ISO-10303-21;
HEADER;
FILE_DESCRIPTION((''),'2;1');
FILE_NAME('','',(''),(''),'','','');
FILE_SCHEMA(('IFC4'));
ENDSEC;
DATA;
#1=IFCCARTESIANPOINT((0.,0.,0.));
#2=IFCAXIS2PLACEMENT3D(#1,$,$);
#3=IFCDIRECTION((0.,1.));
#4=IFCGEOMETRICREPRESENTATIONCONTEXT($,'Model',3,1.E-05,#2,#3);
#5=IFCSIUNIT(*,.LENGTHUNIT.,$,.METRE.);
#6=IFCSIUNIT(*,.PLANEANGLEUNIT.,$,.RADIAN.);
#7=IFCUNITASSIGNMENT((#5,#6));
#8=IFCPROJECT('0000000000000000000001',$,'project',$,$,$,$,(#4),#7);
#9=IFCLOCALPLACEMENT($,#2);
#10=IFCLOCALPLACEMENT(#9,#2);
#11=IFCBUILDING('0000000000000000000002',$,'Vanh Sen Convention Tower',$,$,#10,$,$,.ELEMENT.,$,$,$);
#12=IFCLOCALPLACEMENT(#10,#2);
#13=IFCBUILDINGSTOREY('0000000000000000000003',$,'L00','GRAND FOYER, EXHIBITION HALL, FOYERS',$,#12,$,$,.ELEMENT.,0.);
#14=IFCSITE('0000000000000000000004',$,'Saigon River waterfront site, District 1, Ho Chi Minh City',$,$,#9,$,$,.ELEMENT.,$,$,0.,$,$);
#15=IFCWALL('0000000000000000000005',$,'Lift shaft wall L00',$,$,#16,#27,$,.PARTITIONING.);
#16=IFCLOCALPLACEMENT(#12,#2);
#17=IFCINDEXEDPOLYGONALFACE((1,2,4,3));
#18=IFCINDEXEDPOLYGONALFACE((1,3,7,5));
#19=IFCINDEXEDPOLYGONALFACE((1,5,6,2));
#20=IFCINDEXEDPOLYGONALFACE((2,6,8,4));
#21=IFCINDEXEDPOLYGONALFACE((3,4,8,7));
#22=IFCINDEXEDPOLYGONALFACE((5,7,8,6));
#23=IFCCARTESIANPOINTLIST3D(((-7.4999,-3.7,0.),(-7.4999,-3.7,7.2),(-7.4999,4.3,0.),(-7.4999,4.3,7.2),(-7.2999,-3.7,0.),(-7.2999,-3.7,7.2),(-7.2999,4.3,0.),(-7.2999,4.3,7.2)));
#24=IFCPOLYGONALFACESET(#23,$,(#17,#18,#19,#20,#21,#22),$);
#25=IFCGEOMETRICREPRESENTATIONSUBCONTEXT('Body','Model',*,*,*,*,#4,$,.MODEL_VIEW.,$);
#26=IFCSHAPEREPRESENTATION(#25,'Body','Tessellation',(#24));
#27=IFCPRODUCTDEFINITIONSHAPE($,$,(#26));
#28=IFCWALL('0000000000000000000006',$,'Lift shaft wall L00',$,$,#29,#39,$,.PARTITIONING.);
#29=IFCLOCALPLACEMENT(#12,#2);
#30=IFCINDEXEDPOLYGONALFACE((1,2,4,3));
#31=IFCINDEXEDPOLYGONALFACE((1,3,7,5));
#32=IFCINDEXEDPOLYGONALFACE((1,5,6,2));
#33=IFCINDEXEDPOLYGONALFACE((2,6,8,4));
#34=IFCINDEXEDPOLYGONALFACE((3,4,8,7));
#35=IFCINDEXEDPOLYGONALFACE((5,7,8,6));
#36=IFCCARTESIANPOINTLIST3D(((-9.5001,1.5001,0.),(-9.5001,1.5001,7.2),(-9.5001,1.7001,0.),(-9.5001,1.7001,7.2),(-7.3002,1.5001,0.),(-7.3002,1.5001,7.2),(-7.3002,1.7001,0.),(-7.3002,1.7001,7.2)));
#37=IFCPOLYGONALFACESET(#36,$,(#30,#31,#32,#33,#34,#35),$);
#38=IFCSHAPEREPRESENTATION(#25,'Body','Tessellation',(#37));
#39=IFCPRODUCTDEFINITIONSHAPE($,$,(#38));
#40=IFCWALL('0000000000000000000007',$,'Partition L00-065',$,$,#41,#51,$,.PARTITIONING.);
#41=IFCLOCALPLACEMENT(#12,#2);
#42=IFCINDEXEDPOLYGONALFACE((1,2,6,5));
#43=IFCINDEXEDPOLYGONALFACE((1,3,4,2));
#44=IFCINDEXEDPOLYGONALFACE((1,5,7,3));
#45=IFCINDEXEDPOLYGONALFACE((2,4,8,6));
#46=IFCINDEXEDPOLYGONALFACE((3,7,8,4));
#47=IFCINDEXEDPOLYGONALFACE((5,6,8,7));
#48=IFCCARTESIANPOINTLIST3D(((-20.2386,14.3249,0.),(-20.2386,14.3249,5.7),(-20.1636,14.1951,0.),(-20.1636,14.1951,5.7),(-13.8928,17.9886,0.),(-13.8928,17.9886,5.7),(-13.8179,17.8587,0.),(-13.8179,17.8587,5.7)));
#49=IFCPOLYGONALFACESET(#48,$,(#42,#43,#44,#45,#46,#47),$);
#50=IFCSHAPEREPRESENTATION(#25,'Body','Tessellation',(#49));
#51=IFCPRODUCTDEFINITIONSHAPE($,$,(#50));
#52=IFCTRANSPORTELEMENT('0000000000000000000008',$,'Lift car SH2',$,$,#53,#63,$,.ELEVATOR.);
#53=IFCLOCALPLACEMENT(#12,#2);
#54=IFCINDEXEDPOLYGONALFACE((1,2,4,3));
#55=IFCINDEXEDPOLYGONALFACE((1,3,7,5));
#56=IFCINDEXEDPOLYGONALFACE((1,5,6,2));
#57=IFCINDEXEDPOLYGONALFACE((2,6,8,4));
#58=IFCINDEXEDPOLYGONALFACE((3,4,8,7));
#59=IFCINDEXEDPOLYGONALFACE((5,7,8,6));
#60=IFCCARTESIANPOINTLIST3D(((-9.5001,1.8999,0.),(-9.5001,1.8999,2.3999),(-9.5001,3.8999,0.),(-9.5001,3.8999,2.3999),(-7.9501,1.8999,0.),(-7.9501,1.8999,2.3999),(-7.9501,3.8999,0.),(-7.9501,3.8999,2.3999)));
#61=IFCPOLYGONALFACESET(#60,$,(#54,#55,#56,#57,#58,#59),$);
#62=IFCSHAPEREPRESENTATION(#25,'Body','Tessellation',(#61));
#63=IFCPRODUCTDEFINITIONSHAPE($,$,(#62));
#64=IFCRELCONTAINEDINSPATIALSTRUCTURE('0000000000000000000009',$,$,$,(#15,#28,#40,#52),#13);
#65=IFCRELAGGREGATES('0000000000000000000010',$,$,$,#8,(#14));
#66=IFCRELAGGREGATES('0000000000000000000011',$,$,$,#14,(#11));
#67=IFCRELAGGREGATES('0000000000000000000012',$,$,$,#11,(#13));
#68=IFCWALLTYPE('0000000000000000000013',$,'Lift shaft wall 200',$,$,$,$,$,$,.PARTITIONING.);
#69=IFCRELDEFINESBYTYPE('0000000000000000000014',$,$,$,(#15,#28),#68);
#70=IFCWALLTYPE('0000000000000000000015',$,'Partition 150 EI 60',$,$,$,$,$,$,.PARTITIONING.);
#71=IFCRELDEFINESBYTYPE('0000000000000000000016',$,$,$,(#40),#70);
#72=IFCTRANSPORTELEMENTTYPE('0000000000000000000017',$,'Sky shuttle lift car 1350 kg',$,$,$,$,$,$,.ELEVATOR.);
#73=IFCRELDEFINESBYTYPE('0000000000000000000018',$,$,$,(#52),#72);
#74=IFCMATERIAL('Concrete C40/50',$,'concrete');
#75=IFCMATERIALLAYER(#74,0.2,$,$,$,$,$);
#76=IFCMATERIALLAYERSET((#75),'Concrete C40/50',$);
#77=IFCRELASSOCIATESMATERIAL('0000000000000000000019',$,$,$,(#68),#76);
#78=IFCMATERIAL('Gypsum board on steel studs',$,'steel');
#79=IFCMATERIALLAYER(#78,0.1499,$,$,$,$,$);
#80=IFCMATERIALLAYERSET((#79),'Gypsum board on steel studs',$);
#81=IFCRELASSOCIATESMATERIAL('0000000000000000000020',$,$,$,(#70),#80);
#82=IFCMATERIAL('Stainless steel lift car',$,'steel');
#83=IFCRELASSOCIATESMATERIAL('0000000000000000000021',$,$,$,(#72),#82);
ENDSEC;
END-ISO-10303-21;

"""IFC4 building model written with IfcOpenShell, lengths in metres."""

from ifc_helpers import new_model, si_unit, direction, frame, frame_2d, origin, origin_2d, place, context, subcontext, project, spatial, rectangle, extrude, material, layer, layer_set, type_object, element, save


model = new_model("IFC4")

# Units and contexts
model_context = context("Model", 3, precision=1e-05, world=origin(), true_north=direction((0.0, 1.0)))
body_context = subcontext(model_context, "Body", "Model", "MODEL_VIEW")
ifc_project = project(units=[si_unit("LENGTHUNIT", "METRE"), si_unit("PLANEANGLEUNIT", "RADIAN")], contexts=[model_context])

# Site, building, storey
site_placement = place(None, origin())
site = spatial("IfcSite", under=ifc_project, at=site_placement, Name="Saigon River waterfront site, District 1, Ho Chi Minh City", CompositionType="ELEMENT", RefElevation=0.0)
building_placement = place(site_placement, origin())
building = spatial("IfcBuilding", under=site, at=building_placement, Name="Vanh Sen Convention Tower", CompositionType="ELEMENT")
storey_placement = place(building_placement, origin())
storey = spatial("IfcBuildingStorey", under=building, at=storey_placement, Name="L00", Description="GRAND FOYER, EXHIBITION HALL, FOYERS", CompositionType="ELEMENT", Elevation=0.0)

# Shared definitions
ifc_material_1 = material(Name="Concrete C40/50", Category="concrete")

# Walls
ifc_layer_1 = layer(ifc_material_1, 0.2)
ifc_layer_set_1 = layer_set([ifc_layer_1], Name="Concrete C40/50")
wall_type_1 = type_object("IfcWallType", Name="Lift shaft wall 200", PredefinedType="PARTITIONING", material=ifc_layer_set_1)
wall_1_placement = place(storey_placement, frame((-7.3999, 4.3, 0.0), z_axis=(0.0, 0.0, 1.0), x_axis=(0.0, -1.0, 0.0)))
element("IfcWall", 1, at=wall_1_placement, inside=storey, type_object=wall_type_1, Name="Lift shaft wall L00", PredefinedType="PARTITIONING", context=body_context, shape_type="SweptSolid", body=[
    extrude(rectangle(XDim=8.0, YDim=0.2, at=frame_2d((4.0, 0.0))), origin(), (0.0, 0.0, 1.0), 7.2),
])
wall_2_placement = place(storey_placement, frame((-7.3, 1.6001, 0.0), z_axis=(0.0, 0.0, 1.0), x_axis=(-1.0, 0.0, 0.0)))
element("IfcWall", 2, at=wall_2_placement, inside=storey, type_object=wall_type_1, Name="Lift shaft wall L00", PredefinedType="PARTITIONING", context=body_context, shape_type="SweptSolid", body=[
    extrude(rectangle(XDim=2.2, YDim=0.2, at=frame_2d((1.1001, 0.0))), origin(), (0.0, 0.0, 1.0), 7.2),
])
ifc_material_2 = material(Name="Gypsum board on steel studs", Category="steel")
ifc_layer_2 = layer(ifc_material_2, 0.1499)
ifc_layer_set_2 = layer_set([ifc_layer_2], Name="Gypsum board on steel studs")
wall_type_2 = type_object("IfcWallType", Name="Partition 150 EI 60", PredefinedType="PARTITIONING", material=ifc_layer_set_2)
wall_3_placement = place(storey_placement, frame((-13.8555, 17.9236, 0.0), z_axis=(0.0, 0.0, 1.0), x_axis=(-0.866032, -0.499988, 0.0)))
element("IfcWall", 3, at=wall_3_placement, inside=storey, type_object=wall_type_2, Name="Partition L00-065", PredefinedType="PARTITIONING", context=body_context, shape_type="SweptSolid", body=[
    extrude(rectangle(XDim=7.3274, YDim=0.1499, at=frame_2d((3.6636, 0.0))), origin(), (0.0, 0.0, 1.0), 5.7),
])

# Transport element
ifc_material_3 = material(Name="Stainless steel lift car", Category="steel")
transport_element_type = type_object("IfcTransportElementType", Name="Sky shuttle lift car 1350 kg", PredefinedType="ELEVATOR", material=ifc_material_3)
transport_element_placement = place(storey_placement, frame((-8.7251, 2.8999, 0.0), z_axis=(0.0, 0.0, 1.0), x_axis=(0.0, -1.0, 0.0)))
element("IfcTransportElement", 4, at=transport_element_placement, inside=storey, type_object=transport_element_type, Name="Lift car SH2", PredefinedType="ELEVATOR", context=body_context, shape_type="SweptSolid", body=[
    extrude(rectangle(XDim=2.0, YDim=1.55, at=origin_2d()), origin(), (0.0, 0.0, 1.0), 2.3999),
])

save(model, "model.ifc")
